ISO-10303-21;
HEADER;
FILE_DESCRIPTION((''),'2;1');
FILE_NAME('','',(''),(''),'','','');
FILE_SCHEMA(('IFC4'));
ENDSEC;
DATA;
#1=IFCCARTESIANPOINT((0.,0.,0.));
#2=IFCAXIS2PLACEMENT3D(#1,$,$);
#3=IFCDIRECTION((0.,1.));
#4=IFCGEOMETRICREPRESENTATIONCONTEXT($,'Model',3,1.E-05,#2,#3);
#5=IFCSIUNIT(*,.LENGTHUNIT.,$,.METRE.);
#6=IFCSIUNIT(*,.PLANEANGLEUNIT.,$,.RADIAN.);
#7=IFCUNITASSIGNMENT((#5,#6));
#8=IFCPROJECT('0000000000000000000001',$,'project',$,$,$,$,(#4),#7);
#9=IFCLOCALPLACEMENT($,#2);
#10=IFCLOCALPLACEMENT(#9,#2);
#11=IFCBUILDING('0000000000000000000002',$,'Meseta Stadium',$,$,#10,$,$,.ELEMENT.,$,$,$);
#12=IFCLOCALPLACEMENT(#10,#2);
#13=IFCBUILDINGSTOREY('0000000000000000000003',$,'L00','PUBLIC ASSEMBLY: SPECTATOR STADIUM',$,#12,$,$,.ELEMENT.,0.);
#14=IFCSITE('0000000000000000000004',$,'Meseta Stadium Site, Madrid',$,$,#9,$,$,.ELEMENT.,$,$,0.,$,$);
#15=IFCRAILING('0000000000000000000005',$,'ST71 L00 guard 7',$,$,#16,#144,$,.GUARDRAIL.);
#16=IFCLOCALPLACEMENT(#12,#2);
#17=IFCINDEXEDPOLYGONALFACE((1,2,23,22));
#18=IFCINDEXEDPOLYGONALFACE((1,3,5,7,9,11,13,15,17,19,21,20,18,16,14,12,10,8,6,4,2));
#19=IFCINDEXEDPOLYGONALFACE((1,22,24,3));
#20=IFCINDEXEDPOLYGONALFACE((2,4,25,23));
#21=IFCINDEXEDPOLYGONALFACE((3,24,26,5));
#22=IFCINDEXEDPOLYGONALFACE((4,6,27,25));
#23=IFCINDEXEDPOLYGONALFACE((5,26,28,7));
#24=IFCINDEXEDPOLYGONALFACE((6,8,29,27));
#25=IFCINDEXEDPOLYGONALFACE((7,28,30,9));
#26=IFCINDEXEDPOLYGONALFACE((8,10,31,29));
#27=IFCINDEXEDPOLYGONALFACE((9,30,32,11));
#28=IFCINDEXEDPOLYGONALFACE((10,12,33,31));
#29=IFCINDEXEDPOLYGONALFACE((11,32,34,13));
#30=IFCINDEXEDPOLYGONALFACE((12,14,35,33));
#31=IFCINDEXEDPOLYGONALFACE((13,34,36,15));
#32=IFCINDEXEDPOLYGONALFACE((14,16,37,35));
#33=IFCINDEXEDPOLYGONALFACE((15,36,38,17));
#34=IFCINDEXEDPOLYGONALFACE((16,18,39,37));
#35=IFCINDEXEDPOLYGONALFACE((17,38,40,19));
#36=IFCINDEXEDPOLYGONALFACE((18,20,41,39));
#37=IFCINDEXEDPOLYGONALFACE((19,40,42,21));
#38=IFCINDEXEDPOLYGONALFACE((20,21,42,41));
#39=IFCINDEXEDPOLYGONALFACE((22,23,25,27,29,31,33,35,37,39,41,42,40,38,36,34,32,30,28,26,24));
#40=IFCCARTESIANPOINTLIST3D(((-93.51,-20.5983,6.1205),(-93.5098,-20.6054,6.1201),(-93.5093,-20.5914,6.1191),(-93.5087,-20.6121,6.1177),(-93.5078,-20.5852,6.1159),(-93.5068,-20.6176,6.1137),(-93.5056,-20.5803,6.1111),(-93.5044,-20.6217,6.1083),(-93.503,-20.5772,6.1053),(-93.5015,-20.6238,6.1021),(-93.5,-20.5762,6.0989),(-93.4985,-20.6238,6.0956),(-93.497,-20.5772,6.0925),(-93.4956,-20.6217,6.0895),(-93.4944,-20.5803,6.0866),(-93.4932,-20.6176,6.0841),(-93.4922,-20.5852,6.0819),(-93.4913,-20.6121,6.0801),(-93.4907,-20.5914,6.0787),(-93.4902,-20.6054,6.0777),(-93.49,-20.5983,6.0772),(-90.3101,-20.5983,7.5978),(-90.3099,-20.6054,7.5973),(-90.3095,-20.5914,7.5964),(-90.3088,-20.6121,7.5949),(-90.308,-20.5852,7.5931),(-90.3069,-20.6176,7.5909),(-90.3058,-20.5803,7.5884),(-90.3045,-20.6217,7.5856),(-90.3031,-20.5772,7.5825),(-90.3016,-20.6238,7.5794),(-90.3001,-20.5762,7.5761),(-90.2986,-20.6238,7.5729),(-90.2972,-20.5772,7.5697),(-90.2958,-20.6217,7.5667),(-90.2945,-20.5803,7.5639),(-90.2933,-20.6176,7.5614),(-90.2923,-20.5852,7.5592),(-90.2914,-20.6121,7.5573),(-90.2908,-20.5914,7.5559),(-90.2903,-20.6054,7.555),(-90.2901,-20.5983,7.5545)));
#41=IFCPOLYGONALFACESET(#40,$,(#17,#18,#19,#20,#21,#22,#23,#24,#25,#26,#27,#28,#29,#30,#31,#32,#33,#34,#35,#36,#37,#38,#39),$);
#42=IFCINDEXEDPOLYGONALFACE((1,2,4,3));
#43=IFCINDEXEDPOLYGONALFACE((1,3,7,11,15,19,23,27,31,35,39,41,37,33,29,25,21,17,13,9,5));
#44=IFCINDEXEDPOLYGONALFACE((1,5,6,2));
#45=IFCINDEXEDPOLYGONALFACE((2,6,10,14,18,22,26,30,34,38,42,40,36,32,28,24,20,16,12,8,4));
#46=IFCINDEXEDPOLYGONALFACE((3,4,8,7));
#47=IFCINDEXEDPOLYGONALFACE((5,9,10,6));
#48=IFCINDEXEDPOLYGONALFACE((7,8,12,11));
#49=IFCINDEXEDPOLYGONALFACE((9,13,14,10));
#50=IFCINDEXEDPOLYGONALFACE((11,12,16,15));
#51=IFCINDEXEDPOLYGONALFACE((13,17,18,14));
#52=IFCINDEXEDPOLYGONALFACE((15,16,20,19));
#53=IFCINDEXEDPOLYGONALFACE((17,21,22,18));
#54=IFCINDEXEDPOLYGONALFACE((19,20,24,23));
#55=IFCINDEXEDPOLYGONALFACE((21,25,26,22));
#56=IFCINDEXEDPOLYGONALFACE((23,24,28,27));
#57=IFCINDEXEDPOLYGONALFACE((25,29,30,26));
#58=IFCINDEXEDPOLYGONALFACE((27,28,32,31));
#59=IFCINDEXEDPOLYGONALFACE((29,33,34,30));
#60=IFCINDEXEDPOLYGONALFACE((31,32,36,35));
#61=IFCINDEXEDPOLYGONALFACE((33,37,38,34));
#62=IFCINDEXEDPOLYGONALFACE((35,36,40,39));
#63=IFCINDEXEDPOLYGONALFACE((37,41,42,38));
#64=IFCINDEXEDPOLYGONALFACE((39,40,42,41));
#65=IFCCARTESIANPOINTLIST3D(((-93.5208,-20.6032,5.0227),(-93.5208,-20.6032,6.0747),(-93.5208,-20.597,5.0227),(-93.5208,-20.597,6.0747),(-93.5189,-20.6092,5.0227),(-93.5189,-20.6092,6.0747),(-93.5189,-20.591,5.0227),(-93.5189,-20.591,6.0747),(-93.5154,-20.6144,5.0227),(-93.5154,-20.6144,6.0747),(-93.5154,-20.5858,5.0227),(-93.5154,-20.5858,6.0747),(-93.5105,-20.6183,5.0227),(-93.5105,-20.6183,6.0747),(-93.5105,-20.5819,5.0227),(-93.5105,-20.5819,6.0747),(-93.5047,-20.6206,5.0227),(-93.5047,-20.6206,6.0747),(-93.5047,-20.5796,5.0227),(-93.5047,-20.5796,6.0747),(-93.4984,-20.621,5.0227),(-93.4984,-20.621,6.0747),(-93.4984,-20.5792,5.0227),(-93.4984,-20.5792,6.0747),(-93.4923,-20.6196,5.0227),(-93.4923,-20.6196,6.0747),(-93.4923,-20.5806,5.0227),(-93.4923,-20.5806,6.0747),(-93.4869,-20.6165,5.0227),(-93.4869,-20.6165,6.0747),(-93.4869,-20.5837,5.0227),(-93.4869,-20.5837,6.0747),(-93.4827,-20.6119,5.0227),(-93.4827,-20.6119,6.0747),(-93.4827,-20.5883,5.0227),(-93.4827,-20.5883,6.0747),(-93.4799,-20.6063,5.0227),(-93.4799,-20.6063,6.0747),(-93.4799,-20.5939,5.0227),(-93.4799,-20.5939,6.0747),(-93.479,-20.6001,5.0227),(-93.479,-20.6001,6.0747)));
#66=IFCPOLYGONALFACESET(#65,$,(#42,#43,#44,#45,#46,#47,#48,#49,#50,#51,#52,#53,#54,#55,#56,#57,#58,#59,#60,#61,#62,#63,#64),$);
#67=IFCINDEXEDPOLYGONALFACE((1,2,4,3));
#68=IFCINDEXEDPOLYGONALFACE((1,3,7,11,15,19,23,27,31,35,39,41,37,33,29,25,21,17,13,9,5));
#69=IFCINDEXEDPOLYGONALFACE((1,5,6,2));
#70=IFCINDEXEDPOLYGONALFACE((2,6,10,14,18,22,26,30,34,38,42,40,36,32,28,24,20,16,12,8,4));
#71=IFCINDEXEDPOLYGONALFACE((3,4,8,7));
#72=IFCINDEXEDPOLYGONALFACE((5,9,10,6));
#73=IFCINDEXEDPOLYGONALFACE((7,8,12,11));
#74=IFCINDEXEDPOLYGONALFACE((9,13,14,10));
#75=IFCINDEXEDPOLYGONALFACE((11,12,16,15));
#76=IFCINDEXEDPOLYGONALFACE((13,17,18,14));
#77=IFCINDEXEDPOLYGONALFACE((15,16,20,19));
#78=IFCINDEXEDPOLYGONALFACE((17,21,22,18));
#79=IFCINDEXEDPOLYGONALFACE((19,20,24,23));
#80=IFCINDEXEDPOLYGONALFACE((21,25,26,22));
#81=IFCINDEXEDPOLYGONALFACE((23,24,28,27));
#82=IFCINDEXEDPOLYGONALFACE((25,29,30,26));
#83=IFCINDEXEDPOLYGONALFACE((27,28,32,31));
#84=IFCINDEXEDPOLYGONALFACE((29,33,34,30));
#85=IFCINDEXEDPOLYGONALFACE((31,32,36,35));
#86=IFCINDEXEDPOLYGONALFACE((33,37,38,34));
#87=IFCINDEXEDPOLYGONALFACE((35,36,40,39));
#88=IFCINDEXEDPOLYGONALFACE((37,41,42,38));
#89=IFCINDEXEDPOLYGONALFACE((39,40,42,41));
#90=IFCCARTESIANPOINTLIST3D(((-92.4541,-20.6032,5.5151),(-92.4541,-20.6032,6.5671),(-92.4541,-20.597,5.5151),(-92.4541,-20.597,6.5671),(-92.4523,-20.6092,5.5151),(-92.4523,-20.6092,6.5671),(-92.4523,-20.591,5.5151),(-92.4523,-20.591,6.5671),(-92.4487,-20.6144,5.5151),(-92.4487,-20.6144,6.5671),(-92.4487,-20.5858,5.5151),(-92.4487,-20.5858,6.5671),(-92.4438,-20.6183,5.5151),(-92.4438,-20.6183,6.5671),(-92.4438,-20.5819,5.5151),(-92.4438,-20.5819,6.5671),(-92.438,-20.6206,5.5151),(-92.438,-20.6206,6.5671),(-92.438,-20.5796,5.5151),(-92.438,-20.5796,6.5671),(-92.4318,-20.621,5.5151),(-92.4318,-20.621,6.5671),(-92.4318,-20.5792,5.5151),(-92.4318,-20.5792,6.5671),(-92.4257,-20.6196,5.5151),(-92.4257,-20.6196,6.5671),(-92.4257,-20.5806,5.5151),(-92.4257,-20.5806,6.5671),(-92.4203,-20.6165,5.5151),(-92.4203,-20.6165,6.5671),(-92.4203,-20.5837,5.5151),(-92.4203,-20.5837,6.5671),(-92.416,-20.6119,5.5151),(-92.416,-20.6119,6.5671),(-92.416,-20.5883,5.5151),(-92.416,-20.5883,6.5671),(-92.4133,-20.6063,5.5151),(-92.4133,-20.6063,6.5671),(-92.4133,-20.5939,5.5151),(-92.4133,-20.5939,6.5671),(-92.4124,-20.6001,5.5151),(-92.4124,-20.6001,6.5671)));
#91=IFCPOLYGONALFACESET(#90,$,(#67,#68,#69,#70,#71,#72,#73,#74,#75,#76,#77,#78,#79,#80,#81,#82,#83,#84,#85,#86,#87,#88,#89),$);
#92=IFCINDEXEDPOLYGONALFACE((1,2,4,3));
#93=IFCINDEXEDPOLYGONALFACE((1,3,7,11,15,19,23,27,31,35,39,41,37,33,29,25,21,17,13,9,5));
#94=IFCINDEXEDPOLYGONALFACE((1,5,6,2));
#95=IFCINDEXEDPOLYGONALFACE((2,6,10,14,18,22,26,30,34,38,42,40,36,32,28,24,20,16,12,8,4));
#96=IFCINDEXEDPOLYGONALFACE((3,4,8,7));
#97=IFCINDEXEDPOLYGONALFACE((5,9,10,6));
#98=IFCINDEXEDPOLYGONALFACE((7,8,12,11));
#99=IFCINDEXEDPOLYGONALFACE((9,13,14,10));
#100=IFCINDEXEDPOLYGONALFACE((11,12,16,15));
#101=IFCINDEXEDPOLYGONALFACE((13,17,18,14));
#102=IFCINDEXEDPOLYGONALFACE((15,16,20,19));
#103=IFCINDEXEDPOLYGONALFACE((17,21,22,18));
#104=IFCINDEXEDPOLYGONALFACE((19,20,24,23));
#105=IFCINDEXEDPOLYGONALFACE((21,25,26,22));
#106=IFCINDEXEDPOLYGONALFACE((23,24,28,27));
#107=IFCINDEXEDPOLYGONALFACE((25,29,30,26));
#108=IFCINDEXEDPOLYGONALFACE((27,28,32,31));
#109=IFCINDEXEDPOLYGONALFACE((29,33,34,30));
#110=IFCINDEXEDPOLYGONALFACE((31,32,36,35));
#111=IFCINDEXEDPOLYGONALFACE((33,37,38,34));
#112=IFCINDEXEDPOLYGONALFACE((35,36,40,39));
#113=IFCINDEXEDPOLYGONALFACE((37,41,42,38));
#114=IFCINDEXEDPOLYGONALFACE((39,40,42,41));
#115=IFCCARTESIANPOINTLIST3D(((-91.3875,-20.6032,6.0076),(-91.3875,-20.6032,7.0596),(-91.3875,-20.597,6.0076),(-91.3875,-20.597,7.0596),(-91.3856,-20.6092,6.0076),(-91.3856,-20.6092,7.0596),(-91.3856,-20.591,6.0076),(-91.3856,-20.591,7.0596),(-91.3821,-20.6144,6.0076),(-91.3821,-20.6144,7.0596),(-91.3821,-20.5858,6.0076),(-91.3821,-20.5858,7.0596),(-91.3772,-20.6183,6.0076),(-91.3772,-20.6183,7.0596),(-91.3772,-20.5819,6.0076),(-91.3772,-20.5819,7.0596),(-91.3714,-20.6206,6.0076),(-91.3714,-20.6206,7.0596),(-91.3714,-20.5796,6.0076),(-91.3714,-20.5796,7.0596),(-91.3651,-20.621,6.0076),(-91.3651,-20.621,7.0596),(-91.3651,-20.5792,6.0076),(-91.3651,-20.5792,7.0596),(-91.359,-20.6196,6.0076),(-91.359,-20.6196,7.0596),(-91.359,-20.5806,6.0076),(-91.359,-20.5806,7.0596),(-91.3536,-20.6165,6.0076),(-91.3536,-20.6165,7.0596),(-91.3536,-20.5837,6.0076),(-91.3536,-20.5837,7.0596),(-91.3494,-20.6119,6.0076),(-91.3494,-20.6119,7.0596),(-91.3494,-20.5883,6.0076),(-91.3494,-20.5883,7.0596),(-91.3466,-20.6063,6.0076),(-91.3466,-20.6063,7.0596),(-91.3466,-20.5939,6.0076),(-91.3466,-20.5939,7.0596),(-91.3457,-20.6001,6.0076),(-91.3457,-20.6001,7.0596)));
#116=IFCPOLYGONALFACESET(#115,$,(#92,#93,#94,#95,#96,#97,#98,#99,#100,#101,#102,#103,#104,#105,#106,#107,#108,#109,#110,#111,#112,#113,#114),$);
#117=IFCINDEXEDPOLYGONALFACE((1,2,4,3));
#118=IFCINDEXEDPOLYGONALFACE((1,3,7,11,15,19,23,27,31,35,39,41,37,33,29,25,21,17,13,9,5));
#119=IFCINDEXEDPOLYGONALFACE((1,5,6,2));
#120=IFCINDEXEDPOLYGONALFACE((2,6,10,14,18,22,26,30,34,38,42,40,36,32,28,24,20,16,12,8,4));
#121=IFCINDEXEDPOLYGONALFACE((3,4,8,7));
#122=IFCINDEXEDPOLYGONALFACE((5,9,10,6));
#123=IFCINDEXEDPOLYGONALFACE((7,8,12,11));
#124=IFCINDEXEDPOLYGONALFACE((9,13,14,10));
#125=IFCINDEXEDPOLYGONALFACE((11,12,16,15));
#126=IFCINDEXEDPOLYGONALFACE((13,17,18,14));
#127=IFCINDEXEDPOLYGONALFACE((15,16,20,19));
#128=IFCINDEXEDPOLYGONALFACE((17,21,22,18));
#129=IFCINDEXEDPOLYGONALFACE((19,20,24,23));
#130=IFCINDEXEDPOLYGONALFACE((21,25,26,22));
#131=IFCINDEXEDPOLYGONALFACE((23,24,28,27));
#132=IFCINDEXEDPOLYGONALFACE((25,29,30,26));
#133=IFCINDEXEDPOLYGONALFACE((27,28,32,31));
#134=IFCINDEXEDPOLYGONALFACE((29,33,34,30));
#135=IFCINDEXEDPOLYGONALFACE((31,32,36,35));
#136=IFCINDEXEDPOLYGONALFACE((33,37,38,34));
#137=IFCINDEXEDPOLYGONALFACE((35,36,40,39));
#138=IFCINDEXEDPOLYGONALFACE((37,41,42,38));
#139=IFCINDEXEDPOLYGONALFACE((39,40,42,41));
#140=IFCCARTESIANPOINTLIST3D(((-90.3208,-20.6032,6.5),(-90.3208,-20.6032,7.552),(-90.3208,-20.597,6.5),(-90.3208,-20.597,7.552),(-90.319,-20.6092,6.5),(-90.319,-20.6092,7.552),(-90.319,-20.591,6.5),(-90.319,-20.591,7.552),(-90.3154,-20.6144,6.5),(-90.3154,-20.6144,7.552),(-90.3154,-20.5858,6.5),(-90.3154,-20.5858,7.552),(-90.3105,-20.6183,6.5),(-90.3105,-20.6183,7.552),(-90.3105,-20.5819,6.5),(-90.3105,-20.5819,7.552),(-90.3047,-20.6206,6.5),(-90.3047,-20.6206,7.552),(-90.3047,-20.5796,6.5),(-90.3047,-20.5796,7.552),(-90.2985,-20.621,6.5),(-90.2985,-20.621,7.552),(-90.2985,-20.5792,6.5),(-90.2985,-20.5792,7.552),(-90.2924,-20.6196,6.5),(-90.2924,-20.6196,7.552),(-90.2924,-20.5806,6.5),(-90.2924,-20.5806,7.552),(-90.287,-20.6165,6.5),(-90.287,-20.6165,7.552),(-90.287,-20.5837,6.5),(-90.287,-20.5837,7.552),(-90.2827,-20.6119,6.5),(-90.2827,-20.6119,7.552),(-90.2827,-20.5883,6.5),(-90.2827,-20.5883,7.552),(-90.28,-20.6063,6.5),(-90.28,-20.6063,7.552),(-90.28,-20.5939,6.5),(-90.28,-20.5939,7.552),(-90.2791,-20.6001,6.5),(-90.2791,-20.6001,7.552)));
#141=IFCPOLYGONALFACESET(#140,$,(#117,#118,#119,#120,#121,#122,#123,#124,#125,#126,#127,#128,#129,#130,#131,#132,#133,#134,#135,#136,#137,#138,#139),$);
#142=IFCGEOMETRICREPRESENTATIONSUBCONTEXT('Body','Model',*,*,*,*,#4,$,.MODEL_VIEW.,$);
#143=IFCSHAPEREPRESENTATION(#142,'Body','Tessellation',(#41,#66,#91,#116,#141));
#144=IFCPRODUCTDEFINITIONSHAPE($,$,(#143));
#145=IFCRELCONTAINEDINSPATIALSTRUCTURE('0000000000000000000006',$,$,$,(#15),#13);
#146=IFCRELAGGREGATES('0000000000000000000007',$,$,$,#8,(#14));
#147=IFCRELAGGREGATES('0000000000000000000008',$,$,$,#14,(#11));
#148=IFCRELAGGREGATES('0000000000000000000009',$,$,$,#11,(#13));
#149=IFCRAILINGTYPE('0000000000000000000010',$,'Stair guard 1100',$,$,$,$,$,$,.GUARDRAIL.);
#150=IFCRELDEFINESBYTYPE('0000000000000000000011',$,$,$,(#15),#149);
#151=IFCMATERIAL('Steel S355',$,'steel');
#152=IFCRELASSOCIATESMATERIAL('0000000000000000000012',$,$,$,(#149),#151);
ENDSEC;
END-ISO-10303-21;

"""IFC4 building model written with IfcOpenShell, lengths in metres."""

from ifc_helpers import new_model, si_unit, direction, frame, origin, origin_2d, place, context, subcontext, project, spatial, circle, extrude, material, type_object, element, save


model = new_model("IFC4")

# Units and contexts
model_context = context("Model", 3, precision=1e-05, world=origin(), true_north=direction((0.0, 1.0)))
body_context = subcontext(model_context, "Body", "Model", "MODEL_VIEW")
ifc_project = project(units=[si_unit("LENGTHUNIT", "METRE"), si_unit("PLANEANGLEUNIT", "RADIAN")], contexts=[model_context])

# Site, building, storey
site_placement = place(None, origin())
site = spatial("IfcSite", under=ifc_project, at=site_placement, Name="Meseta Stadium Site, Madrid", CompositionType="ELEMENT", RefElevation=0.0)
building_placement = place(site_placement, origin())
building = spatial("IfcBuilding", under=site, at=building_placement, Name="Meseta Stadium", CompositionType="ELEMENT")
storey_placement = place(building_placement, origin())
storey = spatial("IfcBuildingStorey", under=building, at=storey_placement, Name="L00", Description="PUBLIC ASSEMBLY: SPECTATOR STADIUM", CompositionType="ELEMENT", Elevation=0.0)

# Railing
ifc_material_1 = material(Name="Steel S355", Category="steel")
railing_type_1 = type_object("IfcRailingType", Name="Stair guard 1100", PredefinedType="GUARDRAIL", material=ifc_material_1)
railing_1_placement = place(storey_placement, frame((-93.5, -20.6001, 5.0227)))
element("IfcRailing", 1, at=railing_1_placement, inside=storey, type_object=railing_type_1, Name="ST71 L00 guard 7", PredefinedType="GUARDRAIL", context=body_context, shape_type="SweptSolid", body=[
    extrude(circle(Radius=0.0239, at=origin_2d()), frame((0.0, 0.0, 1.0762), z_axis=(0.907917, 0.0, 0.41915), x_axis=(0.0, 1.0, 0.0)), (0.0, 0.0, 1.0), 3.5244),
    extrude(circle(Radius=0.021, at=origin_2d()), origin(), (0.0, 0.0, 1.0), 1.052),
    extrude(circle(Radius=0.021, at=origin_2d()), frame((1.0667, 0.0, 0.4924)), (0.0, 0.0, 1.0), 1.052),
    extrude(circle(Radius=0.021, at=origin_2d()), frame((2.1333, 0.0, 0.9849)), (0.0, 0.0, 1.0), 1.052),
    extrude(circle(Radius=0.021, at=origin_2d()), frame((3.2, 0.0, 1.4773)), (0.0, 0.0, 1.0), 1.052),
])

save(model, "model.ifc")
